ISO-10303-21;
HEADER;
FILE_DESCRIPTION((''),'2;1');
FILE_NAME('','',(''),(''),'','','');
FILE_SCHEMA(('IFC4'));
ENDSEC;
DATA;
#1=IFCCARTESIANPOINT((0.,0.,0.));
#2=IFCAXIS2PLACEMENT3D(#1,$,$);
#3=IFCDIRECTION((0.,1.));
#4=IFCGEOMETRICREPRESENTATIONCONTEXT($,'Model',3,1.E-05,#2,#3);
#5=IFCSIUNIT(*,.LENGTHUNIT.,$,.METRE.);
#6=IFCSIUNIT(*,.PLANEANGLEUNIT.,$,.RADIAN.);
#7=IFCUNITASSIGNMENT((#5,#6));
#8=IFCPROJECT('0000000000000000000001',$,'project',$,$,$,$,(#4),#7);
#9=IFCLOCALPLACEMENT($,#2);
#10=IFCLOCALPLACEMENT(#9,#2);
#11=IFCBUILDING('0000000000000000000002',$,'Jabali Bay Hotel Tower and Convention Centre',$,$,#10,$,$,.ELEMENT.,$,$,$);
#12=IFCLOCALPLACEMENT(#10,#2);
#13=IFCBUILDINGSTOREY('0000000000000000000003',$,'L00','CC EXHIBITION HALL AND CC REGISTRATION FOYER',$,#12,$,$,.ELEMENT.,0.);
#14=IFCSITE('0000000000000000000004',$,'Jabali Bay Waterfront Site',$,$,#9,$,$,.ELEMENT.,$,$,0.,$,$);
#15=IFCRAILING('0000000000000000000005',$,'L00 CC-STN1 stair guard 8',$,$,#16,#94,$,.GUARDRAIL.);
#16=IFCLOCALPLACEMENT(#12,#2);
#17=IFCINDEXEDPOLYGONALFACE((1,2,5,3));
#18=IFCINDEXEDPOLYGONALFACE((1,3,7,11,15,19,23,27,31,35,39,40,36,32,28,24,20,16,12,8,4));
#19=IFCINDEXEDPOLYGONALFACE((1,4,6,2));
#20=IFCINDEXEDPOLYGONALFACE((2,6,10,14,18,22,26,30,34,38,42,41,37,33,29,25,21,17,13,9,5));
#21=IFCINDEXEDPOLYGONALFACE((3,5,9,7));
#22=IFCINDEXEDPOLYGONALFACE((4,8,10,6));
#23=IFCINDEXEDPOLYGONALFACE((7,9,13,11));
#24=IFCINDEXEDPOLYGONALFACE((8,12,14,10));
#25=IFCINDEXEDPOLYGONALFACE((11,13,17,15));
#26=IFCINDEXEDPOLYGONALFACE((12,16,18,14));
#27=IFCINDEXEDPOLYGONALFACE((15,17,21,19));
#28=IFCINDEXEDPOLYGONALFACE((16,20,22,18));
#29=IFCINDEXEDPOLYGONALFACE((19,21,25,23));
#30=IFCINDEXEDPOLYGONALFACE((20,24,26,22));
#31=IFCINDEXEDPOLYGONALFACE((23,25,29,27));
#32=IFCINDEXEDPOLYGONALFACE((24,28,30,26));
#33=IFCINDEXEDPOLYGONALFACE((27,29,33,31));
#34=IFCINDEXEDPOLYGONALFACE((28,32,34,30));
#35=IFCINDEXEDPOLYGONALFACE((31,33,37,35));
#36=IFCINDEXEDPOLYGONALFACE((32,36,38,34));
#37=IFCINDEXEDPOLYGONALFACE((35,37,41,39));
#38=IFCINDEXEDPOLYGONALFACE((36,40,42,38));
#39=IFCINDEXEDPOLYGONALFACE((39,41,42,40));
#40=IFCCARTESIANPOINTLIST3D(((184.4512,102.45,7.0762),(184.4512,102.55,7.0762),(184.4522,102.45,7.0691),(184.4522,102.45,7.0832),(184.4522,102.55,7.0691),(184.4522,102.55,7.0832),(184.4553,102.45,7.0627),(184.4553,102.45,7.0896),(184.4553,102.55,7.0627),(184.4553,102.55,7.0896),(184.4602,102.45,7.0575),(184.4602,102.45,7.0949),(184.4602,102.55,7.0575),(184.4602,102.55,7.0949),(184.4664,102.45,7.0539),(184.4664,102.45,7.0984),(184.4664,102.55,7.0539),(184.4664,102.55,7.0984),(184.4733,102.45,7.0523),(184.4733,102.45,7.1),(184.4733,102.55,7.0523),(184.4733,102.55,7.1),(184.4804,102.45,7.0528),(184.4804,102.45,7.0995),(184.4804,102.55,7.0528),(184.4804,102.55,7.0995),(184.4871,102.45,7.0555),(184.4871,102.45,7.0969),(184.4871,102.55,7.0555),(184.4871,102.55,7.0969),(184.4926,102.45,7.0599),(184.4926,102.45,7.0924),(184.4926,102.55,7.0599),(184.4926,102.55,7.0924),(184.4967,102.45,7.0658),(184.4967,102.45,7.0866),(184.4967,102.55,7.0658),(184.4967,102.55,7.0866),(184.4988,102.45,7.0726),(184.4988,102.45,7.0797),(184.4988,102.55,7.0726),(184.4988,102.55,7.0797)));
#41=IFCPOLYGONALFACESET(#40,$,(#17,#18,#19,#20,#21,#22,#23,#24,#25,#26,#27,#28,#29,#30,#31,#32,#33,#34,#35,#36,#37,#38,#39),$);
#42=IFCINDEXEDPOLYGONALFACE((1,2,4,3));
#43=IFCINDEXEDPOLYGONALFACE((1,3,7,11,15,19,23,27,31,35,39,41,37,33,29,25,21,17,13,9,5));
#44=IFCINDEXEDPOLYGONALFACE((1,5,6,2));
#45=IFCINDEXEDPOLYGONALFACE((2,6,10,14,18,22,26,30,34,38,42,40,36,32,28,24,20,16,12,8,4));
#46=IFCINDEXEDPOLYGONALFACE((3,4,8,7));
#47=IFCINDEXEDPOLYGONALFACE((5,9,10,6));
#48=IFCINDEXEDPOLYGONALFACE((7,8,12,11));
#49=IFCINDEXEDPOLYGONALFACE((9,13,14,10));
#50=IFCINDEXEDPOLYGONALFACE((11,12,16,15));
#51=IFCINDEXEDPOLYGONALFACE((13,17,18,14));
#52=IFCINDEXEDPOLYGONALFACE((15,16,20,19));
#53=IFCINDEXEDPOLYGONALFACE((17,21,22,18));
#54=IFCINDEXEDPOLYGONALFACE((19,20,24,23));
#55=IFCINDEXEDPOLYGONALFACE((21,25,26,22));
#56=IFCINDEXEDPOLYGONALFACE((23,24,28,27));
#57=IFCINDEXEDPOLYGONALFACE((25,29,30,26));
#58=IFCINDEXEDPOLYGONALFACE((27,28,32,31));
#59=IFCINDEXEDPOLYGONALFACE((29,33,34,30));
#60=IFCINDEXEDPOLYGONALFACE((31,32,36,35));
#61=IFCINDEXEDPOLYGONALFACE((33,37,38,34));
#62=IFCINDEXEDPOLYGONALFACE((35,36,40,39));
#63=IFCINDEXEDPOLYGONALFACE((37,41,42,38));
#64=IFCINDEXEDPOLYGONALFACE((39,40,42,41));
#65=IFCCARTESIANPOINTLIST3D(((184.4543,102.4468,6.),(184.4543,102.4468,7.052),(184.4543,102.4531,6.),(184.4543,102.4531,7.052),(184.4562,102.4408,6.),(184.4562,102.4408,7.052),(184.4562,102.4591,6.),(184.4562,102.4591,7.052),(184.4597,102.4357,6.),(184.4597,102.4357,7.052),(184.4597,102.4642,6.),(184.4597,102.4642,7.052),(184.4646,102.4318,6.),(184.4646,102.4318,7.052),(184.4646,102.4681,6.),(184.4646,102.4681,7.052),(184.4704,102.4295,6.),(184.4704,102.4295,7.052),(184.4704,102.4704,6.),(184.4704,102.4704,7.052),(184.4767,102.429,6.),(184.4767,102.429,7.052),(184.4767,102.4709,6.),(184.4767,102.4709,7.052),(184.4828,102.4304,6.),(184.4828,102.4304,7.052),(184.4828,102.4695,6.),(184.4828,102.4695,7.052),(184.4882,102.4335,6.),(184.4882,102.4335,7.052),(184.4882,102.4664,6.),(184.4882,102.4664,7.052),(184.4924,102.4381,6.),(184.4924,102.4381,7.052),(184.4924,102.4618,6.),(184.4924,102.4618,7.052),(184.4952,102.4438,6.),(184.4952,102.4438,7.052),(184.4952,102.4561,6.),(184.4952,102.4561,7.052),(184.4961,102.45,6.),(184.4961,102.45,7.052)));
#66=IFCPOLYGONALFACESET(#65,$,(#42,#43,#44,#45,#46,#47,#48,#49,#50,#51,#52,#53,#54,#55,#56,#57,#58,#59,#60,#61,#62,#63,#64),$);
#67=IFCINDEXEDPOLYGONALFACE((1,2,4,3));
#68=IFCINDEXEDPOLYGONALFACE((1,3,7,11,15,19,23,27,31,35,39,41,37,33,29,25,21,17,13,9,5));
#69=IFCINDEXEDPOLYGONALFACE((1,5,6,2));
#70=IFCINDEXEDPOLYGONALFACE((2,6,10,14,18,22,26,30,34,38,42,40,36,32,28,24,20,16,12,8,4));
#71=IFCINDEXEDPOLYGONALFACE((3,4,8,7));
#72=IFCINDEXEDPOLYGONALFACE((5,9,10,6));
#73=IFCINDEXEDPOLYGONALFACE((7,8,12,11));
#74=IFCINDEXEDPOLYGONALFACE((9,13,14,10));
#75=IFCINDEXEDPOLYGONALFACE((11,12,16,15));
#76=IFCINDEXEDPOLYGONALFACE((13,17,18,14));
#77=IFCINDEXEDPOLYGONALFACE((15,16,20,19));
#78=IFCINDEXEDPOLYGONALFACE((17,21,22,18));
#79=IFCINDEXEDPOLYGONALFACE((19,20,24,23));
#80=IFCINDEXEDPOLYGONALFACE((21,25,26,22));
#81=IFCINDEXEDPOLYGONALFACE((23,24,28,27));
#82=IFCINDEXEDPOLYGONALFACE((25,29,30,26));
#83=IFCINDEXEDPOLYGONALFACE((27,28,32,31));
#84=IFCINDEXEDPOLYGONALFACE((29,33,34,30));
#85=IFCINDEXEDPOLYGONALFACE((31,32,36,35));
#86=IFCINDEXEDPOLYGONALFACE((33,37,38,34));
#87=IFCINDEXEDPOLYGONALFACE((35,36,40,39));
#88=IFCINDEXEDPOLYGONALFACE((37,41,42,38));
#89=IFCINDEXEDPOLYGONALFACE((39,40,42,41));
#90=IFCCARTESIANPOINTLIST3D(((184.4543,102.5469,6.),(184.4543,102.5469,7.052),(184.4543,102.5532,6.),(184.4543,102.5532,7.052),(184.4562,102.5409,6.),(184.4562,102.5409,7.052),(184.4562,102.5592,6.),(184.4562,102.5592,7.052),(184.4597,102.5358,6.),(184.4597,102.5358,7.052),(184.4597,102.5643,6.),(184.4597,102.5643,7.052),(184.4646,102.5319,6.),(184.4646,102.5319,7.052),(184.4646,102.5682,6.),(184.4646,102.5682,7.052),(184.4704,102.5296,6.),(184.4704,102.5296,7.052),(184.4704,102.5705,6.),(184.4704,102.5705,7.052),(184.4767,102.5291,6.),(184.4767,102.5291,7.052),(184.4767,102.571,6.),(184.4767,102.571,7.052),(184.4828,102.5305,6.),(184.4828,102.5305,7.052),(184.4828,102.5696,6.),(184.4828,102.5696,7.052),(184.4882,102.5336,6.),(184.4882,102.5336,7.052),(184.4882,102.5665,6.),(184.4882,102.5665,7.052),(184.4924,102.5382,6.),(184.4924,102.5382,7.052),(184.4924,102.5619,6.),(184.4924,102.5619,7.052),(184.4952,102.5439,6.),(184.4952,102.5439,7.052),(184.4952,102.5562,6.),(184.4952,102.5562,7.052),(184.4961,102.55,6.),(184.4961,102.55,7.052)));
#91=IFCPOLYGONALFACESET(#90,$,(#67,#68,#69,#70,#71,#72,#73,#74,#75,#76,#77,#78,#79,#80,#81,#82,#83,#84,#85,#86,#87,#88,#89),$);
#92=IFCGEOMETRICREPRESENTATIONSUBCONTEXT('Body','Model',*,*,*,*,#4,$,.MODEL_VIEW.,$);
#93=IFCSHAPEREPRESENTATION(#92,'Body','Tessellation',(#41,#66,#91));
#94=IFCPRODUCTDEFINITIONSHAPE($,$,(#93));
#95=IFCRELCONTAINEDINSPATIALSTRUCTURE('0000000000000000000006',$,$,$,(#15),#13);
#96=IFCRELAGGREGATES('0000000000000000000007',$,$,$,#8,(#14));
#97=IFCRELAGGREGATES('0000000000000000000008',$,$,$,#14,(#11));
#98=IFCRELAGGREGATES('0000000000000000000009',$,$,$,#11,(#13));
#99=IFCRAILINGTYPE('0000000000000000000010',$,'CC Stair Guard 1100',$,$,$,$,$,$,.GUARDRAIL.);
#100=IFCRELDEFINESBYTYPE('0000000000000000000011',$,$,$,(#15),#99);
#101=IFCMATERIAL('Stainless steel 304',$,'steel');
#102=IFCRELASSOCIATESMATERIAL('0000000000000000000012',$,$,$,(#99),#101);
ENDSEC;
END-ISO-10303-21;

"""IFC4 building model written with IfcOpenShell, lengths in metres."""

from ifc_helpers import new_model, si_unit, direction, frame, origin, origin_2d, place, context, subcontext, project, spatial, circle, extrude, material, type_object, element, save


model = new_model("IFC4")

# Units and contexts
model_context = context("Model", 3, precision=1e-05, world=origin(), true_north=direction((0.0, 1.0)))
body_context = subcontext(model_context, "Body", "Model", "MODEL_VIEW")
ifc_project = project(units=[si_unit("LENGTHUNIT", "METRE"), si_unit("PLANEANGLEUNIT", "RADIAN")], contexts=[model_context])

# Site, building, storey
site_placement = place(None, origin())
site = spatial("IfcSite", under=ifc_project, at=site_placement, Name="Jabali Bay Waterfront Site", CompositionType="ELEMENT", RefElevation=0.0)
building_placement = place(site_placement, origin())
building = spatial("IfcBuilding", under=site, at=building_placement, Name="Jabali Bay Hotel Tower and Convention Centre", CompositionType="ELEMENT")
storey_placement = place(building_placement, origin())
storey = spatial("IfcBuildingStorey", under=building, at=storey_placement, Name="L00", Description="CC EXHIBITION HALL AND CC REGISTRATION FOYER", CompositionType="ELEMENT", Elevation=0.0)

# Railing
ifc_material_1 = material(Name="Stainless steel 304", Category="steel")
railing_type = type_object("IfcRailingType", Name="CC Stair Guard 1100", PredefinedType="GUARDRAIL", material=ifc_material_1)
railing_1_placement = place(storey_placement, frame((184.4751, 102.45, 6.0)))
element("IfcRailing", 1, at=railing_1_placement, inside=storey, type_object=railing_type, Name="L00 CC-STN1 stair guard 8", PredefinedType="GUARDRAIL", context=body_context, shape_type="SweptSolid", body=[
    extrude(circle(Radius=0.0239, at=origin_2d()), frame((0.0, 0.0, 1.0762), z_axis=(0.0, 1.0, 0.0), x_axis=(-1.0, 0.0, 0.0)), (0.0, 0.0, 1.0), 0.1001),
    extrude(circle(Radius=0.021, at=origin_2d()), origin(), (0.0, 0.0, 1.0), 1.052),
    extrude(circle(Radius=0.021, at=origin_2d()), frame((0.0, 0.1001, 0.0)), (0.0, 0.0, 1.0), 1.052),
])

save(model, "model.ifc")
